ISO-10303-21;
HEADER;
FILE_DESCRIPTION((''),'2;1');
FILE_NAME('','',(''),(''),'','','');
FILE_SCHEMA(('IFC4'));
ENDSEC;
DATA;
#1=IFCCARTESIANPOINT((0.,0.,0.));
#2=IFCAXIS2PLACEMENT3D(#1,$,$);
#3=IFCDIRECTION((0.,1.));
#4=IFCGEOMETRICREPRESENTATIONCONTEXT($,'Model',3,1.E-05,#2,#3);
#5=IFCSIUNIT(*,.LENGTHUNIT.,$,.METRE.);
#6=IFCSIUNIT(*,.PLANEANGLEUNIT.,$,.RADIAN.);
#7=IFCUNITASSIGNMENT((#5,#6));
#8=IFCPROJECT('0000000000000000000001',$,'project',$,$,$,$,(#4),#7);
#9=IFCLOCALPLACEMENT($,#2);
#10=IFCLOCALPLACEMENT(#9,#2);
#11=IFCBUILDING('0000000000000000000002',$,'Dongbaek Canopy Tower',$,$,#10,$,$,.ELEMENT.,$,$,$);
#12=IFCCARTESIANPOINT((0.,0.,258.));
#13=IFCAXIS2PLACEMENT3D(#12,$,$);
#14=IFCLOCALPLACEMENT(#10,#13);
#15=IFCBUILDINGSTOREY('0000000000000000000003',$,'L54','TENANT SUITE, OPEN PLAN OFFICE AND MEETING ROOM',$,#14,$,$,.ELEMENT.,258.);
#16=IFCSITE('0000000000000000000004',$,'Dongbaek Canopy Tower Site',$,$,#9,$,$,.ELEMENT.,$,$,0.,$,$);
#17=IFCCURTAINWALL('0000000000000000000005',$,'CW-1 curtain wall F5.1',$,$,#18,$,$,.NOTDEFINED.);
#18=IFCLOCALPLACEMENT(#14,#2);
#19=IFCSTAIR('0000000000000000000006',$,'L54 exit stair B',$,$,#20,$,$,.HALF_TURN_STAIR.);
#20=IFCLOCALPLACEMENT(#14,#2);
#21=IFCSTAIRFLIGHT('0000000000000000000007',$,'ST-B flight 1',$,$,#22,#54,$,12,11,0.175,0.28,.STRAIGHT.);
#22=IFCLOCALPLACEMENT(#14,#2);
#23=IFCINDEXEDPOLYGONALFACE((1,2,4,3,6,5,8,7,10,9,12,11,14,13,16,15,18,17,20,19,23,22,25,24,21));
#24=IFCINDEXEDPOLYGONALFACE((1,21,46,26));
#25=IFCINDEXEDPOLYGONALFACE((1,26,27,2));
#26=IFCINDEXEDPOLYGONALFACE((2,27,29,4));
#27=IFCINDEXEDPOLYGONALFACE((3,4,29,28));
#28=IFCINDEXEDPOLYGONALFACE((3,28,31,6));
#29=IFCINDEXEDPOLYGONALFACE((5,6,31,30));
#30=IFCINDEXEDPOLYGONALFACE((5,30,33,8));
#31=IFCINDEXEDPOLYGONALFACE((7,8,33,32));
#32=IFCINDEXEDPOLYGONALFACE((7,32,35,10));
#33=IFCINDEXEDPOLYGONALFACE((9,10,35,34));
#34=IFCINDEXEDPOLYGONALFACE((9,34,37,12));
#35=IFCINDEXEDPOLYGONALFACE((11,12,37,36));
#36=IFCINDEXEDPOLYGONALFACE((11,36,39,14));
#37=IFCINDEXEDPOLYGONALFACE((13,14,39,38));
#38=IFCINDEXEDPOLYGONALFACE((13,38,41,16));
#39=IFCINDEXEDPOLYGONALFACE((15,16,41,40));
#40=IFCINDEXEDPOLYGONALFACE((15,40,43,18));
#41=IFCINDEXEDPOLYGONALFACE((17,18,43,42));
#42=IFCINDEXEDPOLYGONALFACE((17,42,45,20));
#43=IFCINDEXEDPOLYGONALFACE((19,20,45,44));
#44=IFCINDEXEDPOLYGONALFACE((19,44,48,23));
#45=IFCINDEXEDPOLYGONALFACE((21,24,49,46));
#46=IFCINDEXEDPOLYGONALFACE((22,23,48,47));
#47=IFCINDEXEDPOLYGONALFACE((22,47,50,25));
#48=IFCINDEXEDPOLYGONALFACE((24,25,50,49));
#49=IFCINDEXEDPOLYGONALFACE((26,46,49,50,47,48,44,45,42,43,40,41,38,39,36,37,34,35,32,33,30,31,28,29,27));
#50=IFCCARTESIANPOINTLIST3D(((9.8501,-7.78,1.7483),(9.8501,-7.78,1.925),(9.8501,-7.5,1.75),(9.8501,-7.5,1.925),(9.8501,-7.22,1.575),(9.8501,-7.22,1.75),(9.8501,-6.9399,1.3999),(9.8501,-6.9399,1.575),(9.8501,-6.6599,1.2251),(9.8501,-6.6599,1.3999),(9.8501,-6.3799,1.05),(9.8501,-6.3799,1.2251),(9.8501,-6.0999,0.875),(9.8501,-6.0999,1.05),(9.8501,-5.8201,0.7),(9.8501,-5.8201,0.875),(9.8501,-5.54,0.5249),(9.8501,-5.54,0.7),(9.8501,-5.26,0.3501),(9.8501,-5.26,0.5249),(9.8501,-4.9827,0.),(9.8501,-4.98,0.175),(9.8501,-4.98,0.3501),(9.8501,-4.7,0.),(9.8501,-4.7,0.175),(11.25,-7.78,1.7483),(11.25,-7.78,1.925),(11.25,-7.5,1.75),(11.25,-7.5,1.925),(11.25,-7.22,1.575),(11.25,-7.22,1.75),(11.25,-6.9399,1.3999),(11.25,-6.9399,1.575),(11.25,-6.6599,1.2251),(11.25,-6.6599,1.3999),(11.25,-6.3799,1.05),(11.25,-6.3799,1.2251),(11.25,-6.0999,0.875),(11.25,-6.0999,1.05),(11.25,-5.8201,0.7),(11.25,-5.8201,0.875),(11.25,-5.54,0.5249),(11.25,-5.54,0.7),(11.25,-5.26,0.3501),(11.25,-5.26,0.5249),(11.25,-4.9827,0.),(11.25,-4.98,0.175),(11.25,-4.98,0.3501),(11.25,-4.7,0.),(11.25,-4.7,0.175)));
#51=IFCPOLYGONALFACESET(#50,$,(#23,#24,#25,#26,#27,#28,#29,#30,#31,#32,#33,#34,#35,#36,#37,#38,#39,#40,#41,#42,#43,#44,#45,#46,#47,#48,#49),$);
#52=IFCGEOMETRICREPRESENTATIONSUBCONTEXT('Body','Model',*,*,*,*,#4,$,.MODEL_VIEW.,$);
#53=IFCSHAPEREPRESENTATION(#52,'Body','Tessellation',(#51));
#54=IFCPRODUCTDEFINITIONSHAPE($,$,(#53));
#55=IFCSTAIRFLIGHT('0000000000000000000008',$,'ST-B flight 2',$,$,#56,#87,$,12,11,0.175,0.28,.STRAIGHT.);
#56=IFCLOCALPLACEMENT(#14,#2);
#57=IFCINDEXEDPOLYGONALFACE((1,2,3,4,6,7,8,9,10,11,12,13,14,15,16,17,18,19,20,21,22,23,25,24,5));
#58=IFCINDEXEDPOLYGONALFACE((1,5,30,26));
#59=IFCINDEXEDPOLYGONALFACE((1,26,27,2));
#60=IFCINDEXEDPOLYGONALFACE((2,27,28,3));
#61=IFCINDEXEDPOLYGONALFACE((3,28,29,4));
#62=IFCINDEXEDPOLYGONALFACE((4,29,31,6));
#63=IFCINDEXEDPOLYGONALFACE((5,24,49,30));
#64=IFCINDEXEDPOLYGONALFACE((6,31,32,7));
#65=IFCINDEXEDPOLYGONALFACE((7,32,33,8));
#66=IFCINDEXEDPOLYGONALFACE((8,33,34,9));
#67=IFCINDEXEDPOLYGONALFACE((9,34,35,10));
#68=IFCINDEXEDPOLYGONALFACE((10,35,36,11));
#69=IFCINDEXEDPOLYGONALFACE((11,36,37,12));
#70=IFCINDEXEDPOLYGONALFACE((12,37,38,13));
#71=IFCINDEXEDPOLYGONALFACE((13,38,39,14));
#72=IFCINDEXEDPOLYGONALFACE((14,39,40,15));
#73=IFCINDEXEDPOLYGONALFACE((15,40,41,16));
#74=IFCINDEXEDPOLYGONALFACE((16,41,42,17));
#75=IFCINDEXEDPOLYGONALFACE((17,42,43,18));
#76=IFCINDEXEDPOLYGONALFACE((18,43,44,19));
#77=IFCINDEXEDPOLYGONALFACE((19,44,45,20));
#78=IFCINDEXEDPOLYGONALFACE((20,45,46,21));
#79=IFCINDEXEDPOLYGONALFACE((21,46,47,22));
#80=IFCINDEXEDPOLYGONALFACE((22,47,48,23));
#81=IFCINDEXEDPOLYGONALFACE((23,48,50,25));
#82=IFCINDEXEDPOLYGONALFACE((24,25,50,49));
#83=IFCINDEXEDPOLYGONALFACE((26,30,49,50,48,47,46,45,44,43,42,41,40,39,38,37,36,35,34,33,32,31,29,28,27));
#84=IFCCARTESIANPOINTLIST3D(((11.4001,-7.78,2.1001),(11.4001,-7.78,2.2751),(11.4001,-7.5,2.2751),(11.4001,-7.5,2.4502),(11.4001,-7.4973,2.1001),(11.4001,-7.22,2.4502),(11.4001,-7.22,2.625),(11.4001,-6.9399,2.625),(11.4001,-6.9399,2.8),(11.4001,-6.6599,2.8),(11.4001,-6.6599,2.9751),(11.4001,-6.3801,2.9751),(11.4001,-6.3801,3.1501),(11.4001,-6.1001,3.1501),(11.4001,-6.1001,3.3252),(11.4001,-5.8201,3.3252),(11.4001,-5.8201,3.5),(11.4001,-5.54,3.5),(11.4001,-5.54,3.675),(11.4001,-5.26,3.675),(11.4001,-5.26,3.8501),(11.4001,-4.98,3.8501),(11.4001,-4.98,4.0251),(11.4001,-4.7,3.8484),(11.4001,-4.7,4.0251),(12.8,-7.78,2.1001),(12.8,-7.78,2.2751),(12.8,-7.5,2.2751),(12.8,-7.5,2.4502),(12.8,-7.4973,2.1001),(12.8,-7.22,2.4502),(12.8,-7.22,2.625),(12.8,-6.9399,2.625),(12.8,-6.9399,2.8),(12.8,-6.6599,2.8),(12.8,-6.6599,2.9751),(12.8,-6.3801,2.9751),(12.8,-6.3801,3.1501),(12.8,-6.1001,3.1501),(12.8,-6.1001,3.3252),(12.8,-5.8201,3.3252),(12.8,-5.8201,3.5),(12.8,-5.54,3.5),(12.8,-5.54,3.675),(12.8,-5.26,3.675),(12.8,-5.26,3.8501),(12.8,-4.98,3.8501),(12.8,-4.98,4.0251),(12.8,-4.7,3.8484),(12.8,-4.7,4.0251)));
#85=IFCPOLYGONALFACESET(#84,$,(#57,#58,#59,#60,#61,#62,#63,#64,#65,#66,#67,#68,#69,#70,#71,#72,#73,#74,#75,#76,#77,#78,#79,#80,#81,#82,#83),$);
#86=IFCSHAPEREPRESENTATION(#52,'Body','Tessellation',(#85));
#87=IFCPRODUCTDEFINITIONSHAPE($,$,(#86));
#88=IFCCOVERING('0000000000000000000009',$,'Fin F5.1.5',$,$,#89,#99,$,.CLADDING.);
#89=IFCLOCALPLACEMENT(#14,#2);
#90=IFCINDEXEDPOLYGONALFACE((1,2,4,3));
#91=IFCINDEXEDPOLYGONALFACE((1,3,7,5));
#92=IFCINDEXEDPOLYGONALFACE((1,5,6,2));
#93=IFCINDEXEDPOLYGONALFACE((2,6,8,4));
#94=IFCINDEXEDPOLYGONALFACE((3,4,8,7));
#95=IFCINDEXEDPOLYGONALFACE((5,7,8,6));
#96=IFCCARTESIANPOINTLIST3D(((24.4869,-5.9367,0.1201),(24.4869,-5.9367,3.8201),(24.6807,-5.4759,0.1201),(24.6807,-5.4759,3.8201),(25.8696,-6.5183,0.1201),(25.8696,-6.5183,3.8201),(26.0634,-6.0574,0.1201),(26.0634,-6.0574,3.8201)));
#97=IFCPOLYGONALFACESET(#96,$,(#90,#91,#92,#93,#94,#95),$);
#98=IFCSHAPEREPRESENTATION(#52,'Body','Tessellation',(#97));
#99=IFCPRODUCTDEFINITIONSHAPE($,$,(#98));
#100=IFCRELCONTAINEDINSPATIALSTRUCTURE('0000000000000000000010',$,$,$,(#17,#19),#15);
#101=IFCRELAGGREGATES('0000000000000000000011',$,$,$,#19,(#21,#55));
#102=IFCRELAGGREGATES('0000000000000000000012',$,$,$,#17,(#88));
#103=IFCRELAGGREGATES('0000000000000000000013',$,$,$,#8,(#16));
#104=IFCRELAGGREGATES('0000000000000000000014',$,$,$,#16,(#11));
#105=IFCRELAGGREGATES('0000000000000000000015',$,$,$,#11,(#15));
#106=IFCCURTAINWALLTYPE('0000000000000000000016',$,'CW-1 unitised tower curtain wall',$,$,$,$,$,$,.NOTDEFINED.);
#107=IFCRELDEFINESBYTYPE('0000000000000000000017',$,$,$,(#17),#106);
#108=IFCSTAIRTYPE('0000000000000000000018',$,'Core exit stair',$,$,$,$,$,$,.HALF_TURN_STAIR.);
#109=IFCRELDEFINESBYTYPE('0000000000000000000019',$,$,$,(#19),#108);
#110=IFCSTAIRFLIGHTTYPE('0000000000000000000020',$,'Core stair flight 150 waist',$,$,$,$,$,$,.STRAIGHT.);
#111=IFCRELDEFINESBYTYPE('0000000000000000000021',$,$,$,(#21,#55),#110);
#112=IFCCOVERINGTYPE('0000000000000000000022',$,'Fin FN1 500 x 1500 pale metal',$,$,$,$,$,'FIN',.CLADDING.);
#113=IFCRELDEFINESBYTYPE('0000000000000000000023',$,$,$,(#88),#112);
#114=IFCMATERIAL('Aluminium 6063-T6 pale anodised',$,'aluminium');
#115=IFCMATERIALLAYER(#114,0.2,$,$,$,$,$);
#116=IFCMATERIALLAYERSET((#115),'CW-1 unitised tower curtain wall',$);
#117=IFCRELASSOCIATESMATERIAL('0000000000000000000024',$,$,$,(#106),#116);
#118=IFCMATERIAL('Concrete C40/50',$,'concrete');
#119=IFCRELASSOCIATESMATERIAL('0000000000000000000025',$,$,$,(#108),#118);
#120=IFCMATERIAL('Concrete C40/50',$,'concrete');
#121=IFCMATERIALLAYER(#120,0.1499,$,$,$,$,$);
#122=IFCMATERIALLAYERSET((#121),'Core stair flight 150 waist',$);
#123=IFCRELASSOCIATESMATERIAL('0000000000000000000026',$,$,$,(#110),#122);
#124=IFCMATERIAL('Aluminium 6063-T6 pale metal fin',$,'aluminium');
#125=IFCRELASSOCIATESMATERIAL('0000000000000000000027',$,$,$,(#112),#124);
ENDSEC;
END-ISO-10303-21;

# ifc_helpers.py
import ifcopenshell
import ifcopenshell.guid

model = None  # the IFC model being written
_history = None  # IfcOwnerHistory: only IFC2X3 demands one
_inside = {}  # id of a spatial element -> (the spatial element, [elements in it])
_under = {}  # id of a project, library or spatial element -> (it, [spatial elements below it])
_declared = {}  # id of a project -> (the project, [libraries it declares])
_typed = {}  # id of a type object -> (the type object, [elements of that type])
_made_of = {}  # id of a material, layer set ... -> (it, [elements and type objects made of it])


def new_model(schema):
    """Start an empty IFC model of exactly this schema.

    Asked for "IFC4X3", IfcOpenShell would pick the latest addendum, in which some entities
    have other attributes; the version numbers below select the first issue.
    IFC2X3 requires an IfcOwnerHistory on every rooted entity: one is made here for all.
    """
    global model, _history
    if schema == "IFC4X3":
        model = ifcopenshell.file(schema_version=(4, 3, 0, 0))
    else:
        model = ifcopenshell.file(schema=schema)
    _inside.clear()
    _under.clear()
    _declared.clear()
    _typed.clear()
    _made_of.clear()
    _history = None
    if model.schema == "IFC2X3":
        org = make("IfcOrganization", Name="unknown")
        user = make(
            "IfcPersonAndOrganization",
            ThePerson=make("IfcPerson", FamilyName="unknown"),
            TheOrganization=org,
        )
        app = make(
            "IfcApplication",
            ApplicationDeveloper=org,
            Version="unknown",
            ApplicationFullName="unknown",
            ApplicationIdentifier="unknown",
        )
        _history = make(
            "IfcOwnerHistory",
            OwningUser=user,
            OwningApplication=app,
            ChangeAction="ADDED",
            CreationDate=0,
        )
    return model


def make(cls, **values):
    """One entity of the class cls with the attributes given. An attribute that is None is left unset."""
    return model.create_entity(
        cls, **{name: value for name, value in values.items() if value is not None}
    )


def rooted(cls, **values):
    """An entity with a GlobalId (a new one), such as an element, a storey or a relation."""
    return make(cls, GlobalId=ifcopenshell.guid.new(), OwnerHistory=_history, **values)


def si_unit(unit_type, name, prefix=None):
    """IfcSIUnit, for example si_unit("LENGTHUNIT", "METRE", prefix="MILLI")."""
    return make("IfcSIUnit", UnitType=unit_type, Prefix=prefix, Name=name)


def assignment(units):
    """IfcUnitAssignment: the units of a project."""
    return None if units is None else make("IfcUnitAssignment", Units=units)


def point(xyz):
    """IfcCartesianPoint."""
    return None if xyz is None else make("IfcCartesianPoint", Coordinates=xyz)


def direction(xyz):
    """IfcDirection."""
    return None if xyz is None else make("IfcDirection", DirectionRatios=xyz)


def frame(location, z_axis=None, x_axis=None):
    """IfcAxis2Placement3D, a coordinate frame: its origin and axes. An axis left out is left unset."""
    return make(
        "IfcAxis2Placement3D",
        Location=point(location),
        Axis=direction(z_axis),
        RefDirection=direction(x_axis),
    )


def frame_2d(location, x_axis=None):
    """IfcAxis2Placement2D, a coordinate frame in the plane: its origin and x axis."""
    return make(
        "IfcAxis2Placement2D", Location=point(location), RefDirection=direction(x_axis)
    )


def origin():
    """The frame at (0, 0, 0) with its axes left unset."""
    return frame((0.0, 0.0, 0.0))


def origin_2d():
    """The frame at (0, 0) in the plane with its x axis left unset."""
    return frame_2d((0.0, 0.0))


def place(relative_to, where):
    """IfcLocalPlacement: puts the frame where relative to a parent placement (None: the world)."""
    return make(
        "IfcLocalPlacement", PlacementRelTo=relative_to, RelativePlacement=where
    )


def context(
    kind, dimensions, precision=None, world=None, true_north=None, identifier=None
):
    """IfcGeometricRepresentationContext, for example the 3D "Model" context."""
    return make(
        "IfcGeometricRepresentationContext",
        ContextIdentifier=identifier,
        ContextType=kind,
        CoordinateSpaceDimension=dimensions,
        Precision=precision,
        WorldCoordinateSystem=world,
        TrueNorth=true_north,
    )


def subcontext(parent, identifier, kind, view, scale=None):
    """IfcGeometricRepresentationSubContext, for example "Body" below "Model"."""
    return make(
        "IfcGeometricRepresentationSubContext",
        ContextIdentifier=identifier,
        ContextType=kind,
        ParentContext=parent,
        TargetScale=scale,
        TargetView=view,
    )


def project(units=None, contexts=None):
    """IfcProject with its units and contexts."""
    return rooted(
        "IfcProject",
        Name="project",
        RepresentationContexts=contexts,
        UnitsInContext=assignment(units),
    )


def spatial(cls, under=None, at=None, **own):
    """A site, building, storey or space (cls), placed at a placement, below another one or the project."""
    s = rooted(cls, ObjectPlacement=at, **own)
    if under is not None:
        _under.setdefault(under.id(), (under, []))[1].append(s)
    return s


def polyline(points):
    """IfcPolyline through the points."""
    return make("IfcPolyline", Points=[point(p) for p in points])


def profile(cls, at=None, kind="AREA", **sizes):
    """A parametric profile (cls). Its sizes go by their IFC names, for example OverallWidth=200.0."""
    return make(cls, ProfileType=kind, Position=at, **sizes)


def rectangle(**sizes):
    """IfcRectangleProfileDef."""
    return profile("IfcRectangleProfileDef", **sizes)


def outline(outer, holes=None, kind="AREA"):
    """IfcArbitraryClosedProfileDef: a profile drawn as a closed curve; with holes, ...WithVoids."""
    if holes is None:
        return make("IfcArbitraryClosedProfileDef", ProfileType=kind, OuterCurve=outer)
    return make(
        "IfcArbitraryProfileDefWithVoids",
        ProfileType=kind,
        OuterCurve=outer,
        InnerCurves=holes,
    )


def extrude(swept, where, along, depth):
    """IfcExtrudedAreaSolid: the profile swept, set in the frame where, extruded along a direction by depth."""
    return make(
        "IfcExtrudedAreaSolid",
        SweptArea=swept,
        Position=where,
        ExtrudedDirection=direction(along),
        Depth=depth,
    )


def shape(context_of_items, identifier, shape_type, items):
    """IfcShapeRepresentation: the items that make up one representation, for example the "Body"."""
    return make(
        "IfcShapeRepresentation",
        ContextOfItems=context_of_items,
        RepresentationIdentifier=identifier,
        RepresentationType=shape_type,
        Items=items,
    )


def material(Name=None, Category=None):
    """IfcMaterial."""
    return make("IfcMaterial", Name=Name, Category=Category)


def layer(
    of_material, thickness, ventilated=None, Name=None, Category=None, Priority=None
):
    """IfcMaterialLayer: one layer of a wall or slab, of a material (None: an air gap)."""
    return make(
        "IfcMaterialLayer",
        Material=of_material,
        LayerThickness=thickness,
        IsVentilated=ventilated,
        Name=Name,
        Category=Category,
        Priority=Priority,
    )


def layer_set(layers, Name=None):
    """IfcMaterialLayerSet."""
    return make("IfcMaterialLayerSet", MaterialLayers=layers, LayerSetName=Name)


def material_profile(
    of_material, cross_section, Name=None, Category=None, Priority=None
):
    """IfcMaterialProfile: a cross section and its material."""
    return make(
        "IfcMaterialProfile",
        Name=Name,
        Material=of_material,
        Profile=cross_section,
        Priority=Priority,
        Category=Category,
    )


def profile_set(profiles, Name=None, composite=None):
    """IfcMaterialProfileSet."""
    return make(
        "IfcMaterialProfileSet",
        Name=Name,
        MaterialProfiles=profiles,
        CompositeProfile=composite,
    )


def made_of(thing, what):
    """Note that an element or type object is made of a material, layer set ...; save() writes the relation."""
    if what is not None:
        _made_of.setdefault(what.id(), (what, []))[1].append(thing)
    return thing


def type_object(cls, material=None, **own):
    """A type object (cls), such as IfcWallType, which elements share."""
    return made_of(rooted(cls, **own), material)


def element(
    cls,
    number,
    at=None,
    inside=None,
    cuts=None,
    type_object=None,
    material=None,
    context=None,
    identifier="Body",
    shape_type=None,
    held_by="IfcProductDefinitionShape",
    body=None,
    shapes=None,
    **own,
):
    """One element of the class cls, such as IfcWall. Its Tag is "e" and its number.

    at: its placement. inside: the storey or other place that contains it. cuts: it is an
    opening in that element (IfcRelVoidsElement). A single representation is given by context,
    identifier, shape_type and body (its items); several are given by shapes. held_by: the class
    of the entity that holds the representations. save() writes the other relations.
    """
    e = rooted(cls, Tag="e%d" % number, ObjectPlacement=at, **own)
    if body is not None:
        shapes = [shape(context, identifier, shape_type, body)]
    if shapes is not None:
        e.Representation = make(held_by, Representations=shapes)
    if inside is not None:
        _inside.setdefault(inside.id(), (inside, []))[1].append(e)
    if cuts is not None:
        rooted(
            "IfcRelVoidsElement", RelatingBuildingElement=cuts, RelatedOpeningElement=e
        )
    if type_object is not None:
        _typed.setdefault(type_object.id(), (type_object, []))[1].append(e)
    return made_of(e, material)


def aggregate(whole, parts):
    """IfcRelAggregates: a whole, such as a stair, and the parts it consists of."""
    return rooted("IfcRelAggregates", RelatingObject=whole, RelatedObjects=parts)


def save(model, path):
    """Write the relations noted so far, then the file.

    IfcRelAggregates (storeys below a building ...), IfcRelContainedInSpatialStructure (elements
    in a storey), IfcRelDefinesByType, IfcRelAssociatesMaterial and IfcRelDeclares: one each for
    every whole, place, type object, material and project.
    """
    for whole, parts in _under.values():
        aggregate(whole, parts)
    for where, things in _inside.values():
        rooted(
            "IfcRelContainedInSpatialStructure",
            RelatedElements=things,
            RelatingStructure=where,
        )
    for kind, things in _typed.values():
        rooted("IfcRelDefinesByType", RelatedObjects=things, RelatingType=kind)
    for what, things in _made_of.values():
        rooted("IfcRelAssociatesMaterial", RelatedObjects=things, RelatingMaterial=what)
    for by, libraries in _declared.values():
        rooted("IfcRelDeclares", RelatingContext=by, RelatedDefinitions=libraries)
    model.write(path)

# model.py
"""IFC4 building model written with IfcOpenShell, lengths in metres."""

from ifc_helpers import new_model, si_unit, direction, frame, origin, origin_2d, place, context, subcontext, project, spatial, polyline, rectangle, outline, extrude, material, layer, layer_set, material_profile, profile_set, type_object, element, aggregate, save


model = new_model("IFC4")

# Units and contexts
model_context = context("Model", 3, precision=1e-05, world=origin(), true_north=direction((0.0, 1.0)))
body_context = subcontext(model_context, "Body", "Model", "MODEL_VIEW")
ifc_project = project(units=[si_unit("LENGTHUNIT", "METRE"), si_unit("PLANEANGLEUNIT", "RADIAN")], contexts=[model_context])

# Site, building, storey
site_placement = place(None, origin())
site = spatial("IfcSite", under=ifc_project, at=site_placement, Name="Dongbaek Canopy Tower Site", CompositionType="ELEMENT", RefElevation=0.0)
building_placement = place(site_placement, origin())
building = spatial("IfcBuilding", under=site, at=building_placement, Name="Dongbaek Canopy Tower", CompositionType="ELEMENT")
storey_placement = place(building_placement, frame((0.0, 0.0, 258.0)))
storey = spatial("IfcBuildingStorey", under=building, at=storey_placement, Name="L54", Description="TENANT SUITE, OPEN PLAN OFFICE AND MEETING ROOM", CompositionType="ELEMENT", Elevation=258.0)

# Curtain wall
ifc_material_1 = material(Name="Aluminium 6063-T6 pale anodised", Category="aluminium")
ifc_layer_1 = layer(ifc_material_1, 0.2)
ifc_layer_set_1 = layer_set([ifc_layer_1], Name="CW-1 unitised tower curtain wall")
curtain_wall_type = type_object("IfcCurtainWallType", Name="CW-1 unitised tower curtain wall", PredefinedType="NOTDEFINED", material=ifc_layer_set_1)
curtain_wall_placement = place(storey_placement, origin())
curtain_wall = element("IfcCurtainWall", 1, at=curtain_wall_placement, inside=storey, type_object=curtain_wall_type, Name="CW-1 curtain wall F5.1", PredefinedType="NOTDEFINED")

# Stair, stair flights
ifc_material_2 = material(Name="Concrete C40/50", Category="concrete")
stair_type = type_object("IfcStairType", Name="Core exit stair", PredefinedType="HALF_TURN_STAIR", material=ifc_material_2)
stair_placement = place(storey_placement, origin())
stair = element("IfcStair", 2, at=stair_placement, inside=storey, type_object=stair_type, Name="L54 exit stair B", PredefinedType="HALF_TURN_STAIR")
ifc_material_3 = material(Name="Concrete C40/50", Category="concrete")
ifc_layer_2 = layer(ifc_material_3, 0.1499)
ifc_layer_set_2 = layer_set([ifc_layer_2], Name="Core stair flight 150 waist")
stair_flight_type = type_object("IfcStairFlightType", Name="Core stair flight 150 waist", PredefinedType="STRAIGHT", material=ifc_layer_set_2)
stair_flight_1_placement = place(storey_placement, frame((10.55, -4.7, 0.0), z_axis=(0.0, 0.0, 1.0), x_axis=(0.0, -1.0, 0.0)))
stair_flight_1 = element("IfcStairFlight", 3, at=stair_flight_1_placement, type_object=stair_flight_type, Name="ST-B flight 1", NumberOfRisers=12, NumberOfTreads=11, PredefinedType="STRAIGHT", RiserHeight=0.175, TreadLength=0.28, context=body_context, shape_type="SweptSolid", body=[
    extrude(outline(polyline([(0.0, 0.0), (0.0, 0.175), (0.28, 0.175), (0.28, 0.3501), (0.5601, 0.3501), (0.5601, 0.5249), (0.8401, 0.5249), (0.8401, 0.7), (1.1201, 0.7), (1.1201, 0.875), (1.3999, 0.875), (1.3999, 1.05), (1.6799, 1.05), (1.6799, 1.2251), (1.96, 1.2251), (1.96, 1.3999), (2.24, 1.3999), (2.24, 1.575), (2.52, 1.575), (2.52, 1.75), (2.8, 1.75), (2.8, 1.925), (3.0801, 1.925), (3.0801, 2.1001), (3.0801, 1.7483), (0.2827, 0.0), (0.0, 0.0)])), frame((0.0, 0.7, 0.0), z_axis=(0.0, -1.0, 0.0), x_axis=(1.0, 0.0, 0.0)), (0.0, 0.0, 1.0), 1.3999),
])
stair_flight_2_placement = place(storey_placement, frame((12.1001, -7.78, 2.1001), z_axis=(0.0, 0.0, 1.0), x_axis=(0.0, 1.0, 0.0)))
stair_flight_2 = element("IfcStairFlight", 4, at=stair_flight_2_placement, type_object=stair_flight_type, Name="ST-B flight 2", NumberOfRisers=12, NumberOfTreads=11, PredefinedType="STRAIGHT", RiserHeight=0.175, TreadLength=0.28, context=body_context, shape_type="SweptSolid", body=[
    extrude(outline(polyline([(0.0, 0.0), (0.0, 0.175), (0.28, 0.175), (0.28, 0.3501), (0.5601, 0.3501), (0.5601, 0.5249), (0.8401, 0.5249), (0.8401, 0.7), (1.1201, 0.7), (1.1201, 0.875), (1.3999, 0.875), (1.3999, 1.05), (1.6799, 1.05), (1.6799, 1.2251), (1.96, 1.2251), (1.96, 1.3999), (2.24, 1.3999), (2.24, 1.575), (2.52, 1.575), (2.52, 1.75), (2.8, 1.75), (2.8, 1.925), (3.0801, 1.925), (3.0801, 2.1001), (3.0801, 1.7483), (0.2827, 0.0), (0.0, 0.0)])), frame((0.0, 0.7, 0.0), z_axis=(0.0, -1.0, 0.0), x_axis=(1.0, 0.0, 0.0)), (0.0, 0.0, 1.0), 1.3999),
])
aggregate(stair, [stair_flight_1, stair_flight_2])

# Covering
ifc_material_4 = material(Name="Aluminium 6063-T6 pale metal fin", Category="aluminium")
ifc_material_profile_1 = material_profile(ifc_material_4, rectangle(XDim=1.5, YDim=0.5, at=origin_2d()), Name="Fin FN1 500 x 1500 pale metal")
ifc_profile_set_1 = profile_set([ifc_material_profile_1], Name="Aluminium 6063-T6 pale metal fin")
covering_type = type_object("IfcCoveringType", Name="Fin FN1 500 x 1500 pale metal", ElementType="FIN", PredefinedType="CLADDING", material=ifc_profile_set_1)
covering_placement = place(storey_placement, frame((25.2751, -5.9971, 0.1201), z_axis=(0.0, 0.0, 1.0), x_axis=(0.921787, -0.387696, 0.0)))
covering = element("IfcCovering", 5, at=covering_placement, type_object=covering_type, Name="Fin F5.1.5", PredefinedType="CLADDING", context=body_context, shape_type="SweptSolid", body=[
    extrude(rectangle(XDim=1.5, YDim=0.5, at=origin_2d()), origin(), (0.0, 0.0, 1.0), 3.7),
])
aggregate(curtain_wall, [covering])

save(model, "model.ifc")
